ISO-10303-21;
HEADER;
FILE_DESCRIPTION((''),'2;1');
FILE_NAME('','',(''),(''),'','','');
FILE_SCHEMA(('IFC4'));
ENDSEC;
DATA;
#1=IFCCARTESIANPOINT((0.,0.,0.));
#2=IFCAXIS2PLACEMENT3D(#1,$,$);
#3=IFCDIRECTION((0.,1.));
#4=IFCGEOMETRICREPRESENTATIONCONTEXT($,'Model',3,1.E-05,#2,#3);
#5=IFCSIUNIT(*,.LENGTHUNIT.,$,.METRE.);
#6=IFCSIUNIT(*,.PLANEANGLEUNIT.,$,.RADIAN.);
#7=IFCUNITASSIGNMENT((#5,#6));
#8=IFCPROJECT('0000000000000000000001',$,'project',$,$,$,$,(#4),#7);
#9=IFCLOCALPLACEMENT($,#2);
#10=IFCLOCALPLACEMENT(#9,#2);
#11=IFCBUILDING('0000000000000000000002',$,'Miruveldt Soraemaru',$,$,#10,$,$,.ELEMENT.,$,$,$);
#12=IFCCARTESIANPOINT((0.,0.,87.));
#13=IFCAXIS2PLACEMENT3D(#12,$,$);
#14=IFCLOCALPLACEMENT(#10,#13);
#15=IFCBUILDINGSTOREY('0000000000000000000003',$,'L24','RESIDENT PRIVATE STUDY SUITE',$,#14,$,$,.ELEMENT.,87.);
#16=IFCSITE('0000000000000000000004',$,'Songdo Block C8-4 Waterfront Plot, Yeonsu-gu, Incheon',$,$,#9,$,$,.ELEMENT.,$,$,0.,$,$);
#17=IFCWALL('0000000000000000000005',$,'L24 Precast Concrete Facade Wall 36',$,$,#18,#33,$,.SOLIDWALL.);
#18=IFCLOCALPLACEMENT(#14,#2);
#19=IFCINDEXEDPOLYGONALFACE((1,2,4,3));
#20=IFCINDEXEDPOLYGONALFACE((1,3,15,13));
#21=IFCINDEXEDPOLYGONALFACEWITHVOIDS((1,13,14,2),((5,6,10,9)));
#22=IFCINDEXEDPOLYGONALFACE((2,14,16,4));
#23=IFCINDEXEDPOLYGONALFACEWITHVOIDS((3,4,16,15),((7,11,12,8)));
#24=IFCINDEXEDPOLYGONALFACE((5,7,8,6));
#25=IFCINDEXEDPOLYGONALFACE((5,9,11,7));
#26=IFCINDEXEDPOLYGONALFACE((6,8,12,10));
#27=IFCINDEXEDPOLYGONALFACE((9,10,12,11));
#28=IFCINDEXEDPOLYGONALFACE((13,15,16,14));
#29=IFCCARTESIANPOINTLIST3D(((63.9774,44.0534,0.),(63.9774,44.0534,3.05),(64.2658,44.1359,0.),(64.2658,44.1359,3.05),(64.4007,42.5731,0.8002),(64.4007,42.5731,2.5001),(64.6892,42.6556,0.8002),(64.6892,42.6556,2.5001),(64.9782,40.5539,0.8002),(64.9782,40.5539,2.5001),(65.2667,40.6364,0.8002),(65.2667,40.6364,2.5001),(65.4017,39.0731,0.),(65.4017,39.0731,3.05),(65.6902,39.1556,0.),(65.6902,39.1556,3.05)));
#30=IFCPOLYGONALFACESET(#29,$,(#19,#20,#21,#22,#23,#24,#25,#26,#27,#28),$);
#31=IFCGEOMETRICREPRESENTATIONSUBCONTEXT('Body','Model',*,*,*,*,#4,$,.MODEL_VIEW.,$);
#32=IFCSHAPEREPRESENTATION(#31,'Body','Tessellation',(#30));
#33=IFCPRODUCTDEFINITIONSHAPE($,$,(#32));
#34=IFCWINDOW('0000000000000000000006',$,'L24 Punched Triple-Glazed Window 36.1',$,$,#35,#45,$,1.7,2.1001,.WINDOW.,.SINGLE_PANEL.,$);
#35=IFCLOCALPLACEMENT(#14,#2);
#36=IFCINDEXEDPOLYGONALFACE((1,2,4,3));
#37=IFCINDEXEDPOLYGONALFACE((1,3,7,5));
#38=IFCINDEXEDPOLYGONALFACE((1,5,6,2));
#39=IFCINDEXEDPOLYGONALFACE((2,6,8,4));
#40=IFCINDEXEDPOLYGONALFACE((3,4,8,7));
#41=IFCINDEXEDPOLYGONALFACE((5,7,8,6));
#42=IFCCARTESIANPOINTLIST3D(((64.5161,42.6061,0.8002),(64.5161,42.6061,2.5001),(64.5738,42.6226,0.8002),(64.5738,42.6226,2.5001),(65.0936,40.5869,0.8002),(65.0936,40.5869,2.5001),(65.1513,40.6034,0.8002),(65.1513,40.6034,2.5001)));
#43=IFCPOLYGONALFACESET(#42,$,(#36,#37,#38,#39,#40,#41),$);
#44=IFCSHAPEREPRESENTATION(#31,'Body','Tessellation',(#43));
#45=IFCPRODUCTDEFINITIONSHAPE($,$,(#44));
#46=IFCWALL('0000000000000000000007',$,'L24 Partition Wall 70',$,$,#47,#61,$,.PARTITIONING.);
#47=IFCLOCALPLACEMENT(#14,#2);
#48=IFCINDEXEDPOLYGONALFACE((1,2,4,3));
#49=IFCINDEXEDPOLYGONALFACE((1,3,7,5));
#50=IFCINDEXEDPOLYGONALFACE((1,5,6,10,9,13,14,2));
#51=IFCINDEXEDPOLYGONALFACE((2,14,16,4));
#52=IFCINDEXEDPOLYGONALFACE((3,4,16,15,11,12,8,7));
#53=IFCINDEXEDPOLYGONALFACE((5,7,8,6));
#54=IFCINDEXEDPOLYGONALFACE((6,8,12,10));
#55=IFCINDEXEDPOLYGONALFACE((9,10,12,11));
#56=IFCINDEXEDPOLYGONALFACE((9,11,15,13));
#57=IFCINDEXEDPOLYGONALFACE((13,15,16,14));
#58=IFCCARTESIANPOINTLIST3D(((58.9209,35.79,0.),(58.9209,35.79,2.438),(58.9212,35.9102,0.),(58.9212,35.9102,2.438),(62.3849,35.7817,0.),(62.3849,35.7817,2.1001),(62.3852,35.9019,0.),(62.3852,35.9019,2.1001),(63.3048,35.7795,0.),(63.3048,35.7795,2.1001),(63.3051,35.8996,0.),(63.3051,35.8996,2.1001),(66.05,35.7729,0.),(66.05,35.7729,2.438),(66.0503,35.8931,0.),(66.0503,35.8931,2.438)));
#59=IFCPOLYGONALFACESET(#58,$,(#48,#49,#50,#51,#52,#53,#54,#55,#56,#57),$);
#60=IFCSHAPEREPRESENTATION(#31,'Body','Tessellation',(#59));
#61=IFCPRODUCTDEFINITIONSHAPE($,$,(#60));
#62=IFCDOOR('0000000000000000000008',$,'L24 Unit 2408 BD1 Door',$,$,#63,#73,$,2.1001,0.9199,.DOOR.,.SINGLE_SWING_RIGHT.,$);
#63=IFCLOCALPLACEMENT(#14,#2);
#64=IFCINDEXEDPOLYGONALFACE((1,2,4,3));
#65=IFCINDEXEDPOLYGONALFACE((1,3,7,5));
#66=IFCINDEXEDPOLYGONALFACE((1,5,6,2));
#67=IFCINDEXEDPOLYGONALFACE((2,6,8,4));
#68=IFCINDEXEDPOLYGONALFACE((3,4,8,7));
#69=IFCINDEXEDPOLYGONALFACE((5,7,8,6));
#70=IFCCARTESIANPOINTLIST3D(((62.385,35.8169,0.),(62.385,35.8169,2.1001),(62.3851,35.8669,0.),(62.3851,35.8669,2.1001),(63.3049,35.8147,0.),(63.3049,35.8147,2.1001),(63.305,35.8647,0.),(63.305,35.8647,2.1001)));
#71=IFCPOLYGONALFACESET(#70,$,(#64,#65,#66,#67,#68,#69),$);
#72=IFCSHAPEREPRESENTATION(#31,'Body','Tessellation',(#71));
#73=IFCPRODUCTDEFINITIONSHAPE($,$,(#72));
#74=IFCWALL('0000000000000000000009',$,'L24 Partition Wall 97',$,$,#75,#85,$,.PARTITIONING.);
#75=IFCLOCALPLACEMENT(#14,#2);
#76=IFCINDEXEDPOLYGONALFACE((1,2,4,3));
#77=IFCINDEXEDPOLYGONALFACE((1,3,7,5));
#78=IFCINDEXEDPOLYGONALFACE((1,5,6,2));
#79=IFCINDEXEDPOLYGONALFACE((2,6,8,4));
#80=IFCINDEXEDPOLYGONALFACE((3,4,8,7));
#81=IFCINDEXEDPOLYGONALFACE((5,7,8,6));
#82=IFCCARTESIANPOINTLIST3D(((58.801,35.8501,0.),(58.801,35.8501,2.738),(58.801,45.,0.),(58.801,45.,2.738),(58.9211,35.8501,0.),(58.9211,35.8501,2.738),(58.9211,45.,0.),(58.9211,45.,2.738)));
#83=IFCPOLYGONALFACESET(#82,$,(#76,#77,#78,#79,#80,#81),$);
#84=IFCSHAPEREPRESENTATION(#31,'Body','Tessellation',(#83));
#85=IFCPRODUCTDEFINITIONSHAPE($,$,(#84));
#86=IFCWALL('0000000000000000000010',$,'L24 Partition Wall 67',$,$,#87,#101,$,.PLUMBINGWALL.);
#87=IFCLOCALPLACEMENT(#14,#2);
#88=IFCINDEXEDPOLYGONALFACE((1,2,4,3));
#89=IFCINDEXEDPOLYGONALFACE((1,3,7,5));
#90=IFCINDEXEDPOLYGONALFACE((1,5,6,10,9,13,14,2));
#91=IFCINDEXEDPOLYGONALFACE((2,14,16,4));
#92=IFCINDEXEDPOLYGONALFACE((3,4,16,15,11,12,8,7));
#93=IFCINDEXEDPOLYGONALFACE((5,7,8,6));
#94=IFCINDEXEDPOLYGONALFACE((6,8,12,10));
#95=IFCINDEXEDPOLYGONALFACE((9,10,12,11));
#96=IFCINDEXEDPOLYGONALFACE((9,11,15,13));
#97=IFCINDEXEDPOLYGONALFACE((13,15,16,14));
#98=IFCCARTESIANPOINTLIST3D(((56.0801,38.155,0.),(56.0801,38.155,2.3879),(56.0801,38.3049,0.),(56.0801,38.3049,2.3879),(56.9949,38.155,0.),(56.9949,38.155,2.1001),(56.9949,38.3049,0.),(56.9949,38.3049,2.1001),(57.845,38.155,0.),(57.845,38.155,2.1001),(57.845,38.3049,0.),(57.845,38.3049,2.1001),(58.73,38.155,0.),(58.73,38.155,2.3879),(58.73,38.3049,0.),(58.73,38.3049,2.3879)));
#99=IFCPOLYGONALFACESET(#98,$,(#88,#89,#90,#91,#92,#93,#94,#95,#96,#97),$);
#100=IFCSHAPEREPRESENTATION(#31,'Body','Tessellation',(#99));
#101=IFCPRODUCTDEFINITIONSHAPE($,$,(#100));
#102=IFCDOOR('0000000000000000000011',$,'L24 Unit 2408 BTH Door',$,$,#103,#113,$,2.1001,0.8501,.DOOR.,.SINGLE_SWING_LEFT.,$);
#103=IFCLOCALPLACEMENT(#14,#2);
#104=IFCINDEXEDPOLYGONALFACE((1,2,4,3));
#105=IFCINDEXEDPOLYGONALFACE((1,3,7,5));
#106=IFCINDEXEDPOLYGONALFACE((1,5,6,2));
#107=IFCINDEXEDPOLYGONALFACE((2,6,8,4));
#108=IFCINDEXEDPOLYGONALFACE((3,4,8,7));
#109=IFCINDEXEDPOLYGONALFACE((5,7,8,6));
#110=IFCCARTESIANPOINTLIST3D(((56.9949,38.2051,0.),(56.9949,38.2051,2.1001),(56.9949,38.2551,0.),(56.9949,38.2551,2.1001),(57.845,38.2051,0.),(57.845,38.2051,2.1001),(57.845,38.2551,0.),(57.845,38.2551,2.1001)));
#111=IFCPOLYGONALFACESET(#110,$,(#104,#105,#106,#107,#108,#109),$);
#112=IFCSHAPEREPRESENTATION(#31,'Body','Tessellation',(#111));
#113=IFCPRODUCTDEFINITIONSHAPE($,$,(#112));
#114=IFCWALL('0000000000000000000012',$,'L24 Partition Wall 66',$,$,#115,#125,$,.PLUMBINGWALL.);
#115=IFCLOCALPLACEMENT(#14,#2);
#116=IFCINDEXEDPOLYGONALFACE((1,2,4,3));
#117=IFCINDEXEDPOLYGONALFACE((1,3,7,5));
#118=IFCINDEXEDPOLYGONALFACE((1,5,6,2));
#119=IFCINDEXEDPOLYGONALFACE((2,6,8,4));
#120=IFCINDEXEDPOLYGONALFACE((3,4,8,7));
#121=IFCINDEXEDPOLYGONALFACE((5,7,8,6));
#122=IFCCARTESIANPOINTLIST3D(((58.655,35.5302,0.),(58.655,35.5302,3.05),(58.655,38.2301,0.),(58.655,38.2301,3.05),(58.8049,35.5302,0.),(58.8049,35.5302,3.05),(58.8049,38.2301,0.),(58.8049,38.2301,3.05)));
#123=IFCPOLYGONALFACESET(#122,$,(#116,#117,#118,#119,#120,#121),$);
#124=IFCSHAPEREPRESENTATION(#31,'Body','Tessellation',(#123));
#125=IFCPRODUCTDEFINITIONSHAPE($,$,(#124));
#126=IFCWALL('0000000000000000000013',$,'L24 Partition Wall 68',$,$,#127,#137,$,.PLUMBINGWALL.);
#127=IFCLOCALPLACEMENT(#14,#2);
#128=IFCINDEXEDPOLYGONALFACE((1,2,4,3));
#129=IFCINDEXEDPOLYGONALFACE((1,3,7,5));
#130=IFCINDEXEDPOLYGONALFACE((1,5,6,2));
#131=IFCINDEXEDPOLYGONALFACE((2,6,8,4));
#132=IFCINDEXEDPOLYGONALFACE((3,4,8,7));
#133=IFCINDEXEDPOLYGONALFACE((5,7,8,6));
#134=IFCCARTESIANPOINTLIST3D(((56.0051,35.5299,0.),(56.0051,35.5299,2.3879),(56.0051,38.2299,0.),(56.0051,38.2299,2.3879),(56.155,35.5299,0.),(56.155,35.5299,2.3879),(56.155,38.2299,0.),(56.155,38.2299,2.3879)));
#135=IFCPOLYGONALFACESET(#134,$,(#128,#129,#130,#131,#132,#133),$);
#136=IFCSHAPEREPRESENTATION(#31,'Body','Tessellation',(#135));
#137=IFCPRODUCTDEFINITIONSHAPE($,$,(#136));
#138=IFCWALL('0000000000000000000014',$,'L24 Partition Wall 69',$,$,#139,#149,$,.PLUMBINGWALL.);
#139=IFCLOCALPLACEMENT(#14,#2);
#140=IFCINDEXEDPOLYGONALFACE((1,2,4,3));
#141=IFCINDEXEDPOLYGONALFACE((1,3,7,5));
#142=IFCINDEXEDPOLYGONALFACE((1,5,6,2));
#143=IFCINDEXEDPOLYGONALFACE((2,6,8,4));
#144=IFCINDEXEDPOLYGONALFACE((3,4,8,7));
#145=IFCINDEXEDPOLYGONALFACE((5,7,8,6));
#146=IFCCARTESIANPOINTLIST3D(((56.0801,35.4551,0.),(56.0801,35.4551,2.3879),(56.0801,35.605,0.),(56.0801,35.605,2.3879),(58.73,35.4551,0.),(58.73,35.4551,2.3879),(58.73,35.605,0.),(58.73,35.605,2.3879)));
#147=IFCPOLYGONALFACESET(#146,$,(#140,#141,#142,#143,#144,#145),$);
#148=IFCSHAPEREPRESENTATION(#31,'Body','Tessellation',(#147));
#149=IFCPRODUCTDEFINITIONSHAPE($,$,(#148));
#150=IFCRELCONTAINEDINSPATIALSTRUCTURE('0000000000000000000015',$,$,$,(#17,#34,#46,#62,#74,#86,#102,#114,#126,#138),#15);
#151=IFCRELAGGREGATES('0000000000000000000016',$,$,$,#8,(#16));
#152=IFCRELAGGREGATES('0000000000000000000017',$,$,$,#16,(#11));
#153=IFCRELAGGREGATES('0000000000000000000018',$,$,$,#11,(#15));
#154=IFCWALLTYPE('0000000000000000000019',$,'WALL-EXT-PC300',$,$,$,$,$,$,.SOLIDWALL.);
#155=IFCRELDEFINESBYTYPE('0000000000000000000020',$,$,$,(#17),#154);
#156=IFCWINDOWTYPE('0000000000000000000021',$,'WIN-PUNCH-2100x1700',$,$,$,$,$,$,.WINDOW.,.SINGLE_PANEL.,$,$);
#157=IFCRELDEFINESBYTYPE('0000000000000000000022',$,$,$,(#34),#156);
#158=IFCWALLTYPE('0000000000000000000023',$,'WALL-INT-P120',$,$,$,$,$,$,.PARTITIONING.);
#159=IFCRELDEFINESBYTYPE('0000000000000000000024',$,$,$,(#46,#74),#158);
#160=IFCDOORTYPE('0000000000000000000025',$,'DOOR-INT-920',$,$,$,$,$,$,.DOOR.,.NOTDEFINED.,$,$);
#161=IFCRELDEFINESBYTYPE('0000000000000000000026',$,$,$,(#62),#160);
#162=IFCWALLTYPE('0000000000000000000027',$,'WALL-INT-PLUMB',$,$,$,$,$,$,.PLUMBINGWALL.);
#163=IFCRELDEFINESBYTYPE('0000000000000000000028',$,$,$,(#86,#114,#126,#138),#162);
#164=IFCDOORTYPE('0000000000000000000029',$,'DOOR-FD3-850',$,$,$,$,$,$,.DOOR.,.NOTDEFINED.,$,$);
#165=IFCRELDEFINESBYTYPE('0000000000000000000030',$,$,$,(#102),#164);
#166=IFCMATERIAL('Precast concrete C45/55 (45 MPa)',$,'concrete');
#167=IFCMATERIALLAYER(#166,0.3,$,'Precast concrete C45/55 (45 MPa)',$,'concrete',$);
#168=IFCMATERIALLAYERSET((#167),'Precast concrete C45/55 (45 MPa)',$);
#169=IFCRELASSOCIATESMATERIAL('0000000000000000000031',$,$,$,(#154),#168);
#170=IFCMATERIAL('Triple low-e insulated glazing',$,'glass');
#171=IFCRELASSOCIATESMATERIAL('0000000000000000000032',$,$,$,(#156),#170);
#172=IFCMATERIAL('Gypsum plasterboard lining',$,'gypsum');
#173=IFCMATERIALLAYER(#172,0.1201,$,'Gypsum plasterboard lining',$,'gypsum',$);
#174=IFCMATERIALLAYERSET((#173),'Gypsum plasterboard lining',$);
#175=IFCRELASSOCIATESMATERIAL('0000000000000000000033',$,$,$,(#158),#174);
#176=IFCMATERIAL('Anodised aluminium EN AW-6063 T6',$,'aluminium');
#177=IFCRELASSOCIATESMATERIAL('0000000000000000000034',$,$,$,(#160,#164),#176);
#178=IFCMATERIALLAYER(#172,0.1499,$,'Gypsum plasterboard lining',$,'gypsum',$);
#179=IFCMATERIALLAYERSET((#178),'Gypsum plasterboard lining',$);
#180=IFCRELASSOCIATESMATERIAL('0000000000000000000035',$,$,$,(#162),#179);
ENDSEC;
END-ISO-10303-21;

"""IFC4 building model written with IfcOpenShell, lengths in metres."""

from ifc_helpers import new_model, si_unit, direction, frame, frame_2d, origin, place, context, subcontext, project, spatial, rectangle, extrude, material, layer, layer_set, type_object, element, fill, save


model = new_model("IFC4")

# Units and contexts
model_context = context("Model", 3, precision=1e-05, world=origin(), true_north=direction((0.0, 1.0)))
body_context = subcontext(model_context, "Body", "Model", "MODEL_VIEW")
ifc_project = project(units=[si_unit("LENGTHUNIT", "METRE"), si_unit("PLANEANGLEUNIT", "RADIAN")], contexts=[model_context])

# Site, building, storey
site_placement = place(None, origin())
site = spatial("IfcSite", under=ifc_project, at=site_placement, Name="Songdo Block C8-4 Waterfront Plot, Yeonsu-gu, Incheon", CompositionType="ELEMENT", RefElevation=0.0)
building_placement = place(site_placement, origin())
building = spatial("IfcBuilding", under=site, at=building_placement, Name="Miruveldt Soraemaru", CompositionType="ELEMENT")
storey_placement = place(building_placement, frame((0.0, 0.0, 87.0)))
storey = spatial("IfcBuildingStorey", under=building, at=storey_placement, Name="L24", Description="RESIDENT PRIVATE STUDY SUITE", CompositionType="ELEMENT", Elevation=87.0)

# Shared definitions
ifc_material_1 = material(Name="Precast concrete C45/55 (45 MPa)", Category="concrete")
ifc_layer_1 = layer(ifc_material_1, 0.3, Name="Precast concrete C45/55 (45 MPa)", Category="concrete")
ifc_layer_set_1 = layer_set([ifc_layer_1], Name="Precast concrete C45/55 (45 MPa)")
wall_type_1 = type_object("IfcWallType", Name="WALL-EXT-PC300", PredefinedType="SOLIDWALL", material=ifc_layer_set_1)
ifc_material_2 = material(Name="Triple low-e insulated glazing", Category="glass")
window_type_1 = type_object("IfcWindowType", Name="WIN-PUNCH-2100x1700", PartitioningType="SINGLE_PANEL", PredefinedType="WINDOW", material=ifc_material_2)

# Wall, opening, window
wall_1_placement = place(storey_placement, frame((65.5459, 39.1145, 0.0), z_axis=(0.0, 0.0, 1.0), x_axis=(-0.27497, 0.961453, 0.0)))
wall_1 = element("IfcWall", 1, at=wall_1_placement, inside=storey, type_object=wall_type_1, Name="L24 Precast Concrete Facade Wall 36", PredefinedType="SOLIDWALL", context=body_context, shape_type="SweptSolid", body=[
    extrude(rectangle(XDim=5.1799, YDim=0.3, at=frame_2d((2.5898, 0.0))), origin(), (0.0, 0.0, 1.0), 3.05),
])
opening_1_placement = place(wall_1_placement, frame((1.54, 0.0, 0.8)))
opening_1 = element("IfcOpeningElement", 2, at=opening_1_placement, cuts=wall_1, PredefinedType="OPENING", context=body_context, shape_type="SweptSolid", body=[
    extrude(rectangle(XDim=2.1001, YDim=1.7, at=frame_2d((1.05, 0.8501))), frame((0.0, 0.1602, 0.0), z_axis=(0.0, -1.0, 0.0), x_axis=(1.0, 0.0, 0.0)), (0.0, 0.0, 1.0), 0.3201),
])
window_1_placement = place(opening_1_placement, origin())
window_1 = element("IfcWindow", 3, at=window_1_placement, inside=storey, type_object=window_type_1, Name="L24 Punched Triple-Glazed Window 36.1", OverallHeight=1.7, OverallWidth=2.1001, PartitioningType="SINGLE_PANEL", PredefinedType="WINDOW", context=body_context, shape_type="SweptSolid", body=[
    extrude(rectangle(XDim=2.1001, YDim=1.7, at=frame_2d((1.05, 0.8501))), frame((0.0, 0.03, 0.0), z_axis=(0.0, -1.0, 0.0), x_axis=(1.0, 0.0, 0.0)), (0.0, 0.0, 1.0), 0.0601),
])
fill(opening_1, window_1)

# Wall, opening, door
ifc_material_3 = material(Name="Gypsum plasterboard lining", Category="gypsum")
ifc_layer_2 = layer(ifc_material_3, 0.1201, Name="Gypsum plasterboard lining", Category="gypsum")
ifc_layer_set_2 = layer_set([ifc_layer_2], Name="Gypsum plasterboard lining")
wall_type_2 = type_object("IfcWallType", Name="WALL-INT-P120", PredefinedType="PARTITIONING", material=ifc_layer_set_2)
wall_2_placement = place(storey_placement, frame((66.05, 35.833, 0.0), z_axis=(0.0, 0.0, 1.0), x_axis=(-0.999997, 0.002397, 0.0)))
wall_2 = element("IfcWall", 4, at=wall_2_placement, inside=storey, type_object=wall_type_2, Name="L24 Partition Wall 70", PredefinedType="PARTITIONING", context=body_context, shape_type="SweptSolid", body=[
    extrude(rectangle(XDim=7.1292, YDim=0.1201, at=frame_2d((3.5645, 0.0))), origin(), (0.0, 0.0, 1.0), 2.438),
])
opening_2_placement = place(wall_2_placement, frame((2.7451, 0.0, 0.0)))
opening_2 = element("IfcOpeningElement", 5, at=opening_2_placement, cuts=wall_2, PredefinedType="OPENING", context=body_context, shape_type="SweptSolid", body=[
    extrude(rectangle(XDim=0.9199, YDim=2.1001, at=frame_2d((0.46, 1.05))), frame((0.0, 0.0701, 0.0), z_axis=(0.0, -1.0, 0.0), x_axis=(1.0, 0.0, 0.0)), (0.0, 0.0, 1.0), 0.1401),
])
ifc_material_4 = material(Name="Anodised aluminium EN AW-6063 T6", Category="aluminium")
door_type_1 = type_object("IfcDoorType", Name="DOOR-INT-920", OperationType="NOTDEFINED", PredefinedType="DOOR", material=ifc_material_4)
door_1_placement = place(opening_2_placement, origin())
door_1 = element("IfcDoor", 6, at=door_1_placement, inside=storey, type_object=door_type_1, Name="L24 Unit 2408 BD1 Door", OperationType="SINGLE_SWING_RIGHT", OverallHeight=2.1001, OverallWidth=0.9199, PredefinedType="DOOR", context=body_context, shape_type="SweptSolid", body=[
    extrude(rectangle(XDim=0.9199, YDim=2.1001, at=frame_2d((0.46, 1.05))), frame((0.0, 0.0249, 0.0), z_axis=(0.0, -1.0, 0.0), x_axis=(1.0, 0.0, 0.0)), (0.0, 0.0, 1.0), 0.05),
])
fill(opening_2, door_1)

# Wall
wall_3_placement = place(storey_placement, frame((58.8611, 35.8501, 0.0), z_axis=(0.0, 0.0, 1.0), x_axis=(0.0, 1.0, 0.0)))
element("IfcWall", 7, at=wall_3_placement, inside=storey, type_object=wall_type_2, Name="L24 Partition Wall 97", PredefinedType="PARTITIONING", context=body_context, shape_type="SweptSolid", body=[
    extrude(rectangle(XDim=9.1499, YDim=0.1201, at=frame_2d((4.575, 0.0))), origin(), (0.0, 0.0, 1.0), 2.738),
])

# Wall, opening, door
ifc_layer_3 = layer(ifc_material_3, 0.1499, Name="Gypsum plasterboard lining", Category="gypsum")
ifc_layer_set_3 = layer_set([ifc_layer_3], Name="Gypsum plasterboard lining")
wall_type_3 = type_object("IfcWallType", Name="WALL-INT-PLUMB", PredefinedType="PLUMBINGWALL", material=ifc_layer_set_3)
wall_4_placement = place(storey_placement, frame((58.73, 38.23, 0.0), z_axis=(0.0, 0.0, 1.0), x_axis=(-1.0, 0.0, 0.0)))
wall_4 = element("IfcWall", 8, at=wall_4_placement, inside=storey, type_object=wall_type_3, Name="L24 Partition Wall 67", PredefinedType="PLUMBINGWALL", context=body_context, shape_type="SweptSolid", body=[
    extrude(rectangle(XDim=2.6499, YDim=0.1499, at=frame_2d((1.325, 0.0))), origin(), (0.0, 0.0, 1.0), 2.3879),
])
opening_3_placement = place(wall_4_placement, frame((0.885, 0.0, 0.0)))
opening_3 = element("IfcOpeningElement", 9, at=opening_3_placement, cuts=wall_4, PredefinedType="OPENING", context=body_context, shape_type="SweptSolid", body=[
    extrude(rectangle(XDim=0.8501, YDim=2.1001, at=frame_2d((0.425, 1.05))), frame((0.0, 0.085, 0.0), z_axis=(0.0, -1.0, 0.0), x_axis=(1.0, 0.0, 0.0)), (0.0, 0.0, 1.0), 0.1699),
])
door_type_2 = type_object("IfcDoorType", Name="DOOR-FD3-850", OperationType="NOTDEFINED", PredefinedType="DOOR", material=ifc_material_4)
door_2_placement = place(opening_3_placement, origin())
door_2 = element("IfcDoor", 10, at=door_2_placement, inside=storey, type_object=door_type_2, Name="L24 Unit 2408 BTH Door", OperationType="SINGLE_SWING_LEFT", OverallHeight=2.1001, OverallWidth=0.8501, PredefinedType="DOOR", context=body_context, shape_type="SweptSolid", body=[
    extrude(rectangle(XDim=0.8501, YDim=2.1001, at=frame_2d((0.425, 1.05))), frame((0.0, 0.0249, 0.0), z_axis=(0.0, -1.0, 0.0), x_axis=(1.0, 0.0, 0.0)), (0.0, 0.0, 1.0), 0.05),
])
fill(opening_3, door_2)

# Walls
wall_5_placement = place(storey_placement, frame((58.73, 35.53, 0.0), z_axis=(0.0, 0.0, 1.0), x_axis=(0.0, 1.0, 0.0)))
element("IfcWall", 11, at=wall_5_placement, inside=storey, type_object=wall_type_3, Name="L24 Partition Wall 66", PredefinedType="PLUMBINGWALL", context=body_context, shape_type="SweptSolid", body=[
    extrude(rectangle(XDim=2.7, YDim=0.1499, at=frame_2d((1.3501, 0.0))), origin(), (0.0, 0.0, 1.0), 3.05),
])
wall_6_placement = place(storey_placement, frame((56.0801, 38.23, 0.0), z_axis=(0.0, 0.0, 1.0), x_axis=(0.0, -1.0, 0.0)))
element("IfcWall", 12, at=wall_6_placement, inside=storey, type_object=wall_type_3, Name="L24 Partition Wall 68", PredefinedType="PLUMBINGWALL", context=body_context, shape_type="SweptSolid", body=[
    extrude(rectangle(XDim=2.7, YDim=0.1499, at=frame_2d((1.3501, 0.0))), origin(), (0.0, 0.0, 1.0), 2.3879),
])
wall_7_placement = place(storey_placement, frame((56.0801, 35.53, 0.0), z_axis=(0.0, 0.0, 1.0), x_axis=(1.0, 0.0, 0.0)))
element("IfcWall", 13, at=wall_7_placement, inside=storey, type_object=wall_type_3, Name="L24 Partition Wall 69", PredefinedType="PLUMBINGWALL", context=body_context, shape_type="SweptSolid", body=[
    extrude(rectangle(XDim=2.6499, YDim=0.1499, at=frame_2d((1.325, 0.0))), origin(), (0.0, 0.0, 1.0), 2.3879),
])

save(model, "model.ifc")
